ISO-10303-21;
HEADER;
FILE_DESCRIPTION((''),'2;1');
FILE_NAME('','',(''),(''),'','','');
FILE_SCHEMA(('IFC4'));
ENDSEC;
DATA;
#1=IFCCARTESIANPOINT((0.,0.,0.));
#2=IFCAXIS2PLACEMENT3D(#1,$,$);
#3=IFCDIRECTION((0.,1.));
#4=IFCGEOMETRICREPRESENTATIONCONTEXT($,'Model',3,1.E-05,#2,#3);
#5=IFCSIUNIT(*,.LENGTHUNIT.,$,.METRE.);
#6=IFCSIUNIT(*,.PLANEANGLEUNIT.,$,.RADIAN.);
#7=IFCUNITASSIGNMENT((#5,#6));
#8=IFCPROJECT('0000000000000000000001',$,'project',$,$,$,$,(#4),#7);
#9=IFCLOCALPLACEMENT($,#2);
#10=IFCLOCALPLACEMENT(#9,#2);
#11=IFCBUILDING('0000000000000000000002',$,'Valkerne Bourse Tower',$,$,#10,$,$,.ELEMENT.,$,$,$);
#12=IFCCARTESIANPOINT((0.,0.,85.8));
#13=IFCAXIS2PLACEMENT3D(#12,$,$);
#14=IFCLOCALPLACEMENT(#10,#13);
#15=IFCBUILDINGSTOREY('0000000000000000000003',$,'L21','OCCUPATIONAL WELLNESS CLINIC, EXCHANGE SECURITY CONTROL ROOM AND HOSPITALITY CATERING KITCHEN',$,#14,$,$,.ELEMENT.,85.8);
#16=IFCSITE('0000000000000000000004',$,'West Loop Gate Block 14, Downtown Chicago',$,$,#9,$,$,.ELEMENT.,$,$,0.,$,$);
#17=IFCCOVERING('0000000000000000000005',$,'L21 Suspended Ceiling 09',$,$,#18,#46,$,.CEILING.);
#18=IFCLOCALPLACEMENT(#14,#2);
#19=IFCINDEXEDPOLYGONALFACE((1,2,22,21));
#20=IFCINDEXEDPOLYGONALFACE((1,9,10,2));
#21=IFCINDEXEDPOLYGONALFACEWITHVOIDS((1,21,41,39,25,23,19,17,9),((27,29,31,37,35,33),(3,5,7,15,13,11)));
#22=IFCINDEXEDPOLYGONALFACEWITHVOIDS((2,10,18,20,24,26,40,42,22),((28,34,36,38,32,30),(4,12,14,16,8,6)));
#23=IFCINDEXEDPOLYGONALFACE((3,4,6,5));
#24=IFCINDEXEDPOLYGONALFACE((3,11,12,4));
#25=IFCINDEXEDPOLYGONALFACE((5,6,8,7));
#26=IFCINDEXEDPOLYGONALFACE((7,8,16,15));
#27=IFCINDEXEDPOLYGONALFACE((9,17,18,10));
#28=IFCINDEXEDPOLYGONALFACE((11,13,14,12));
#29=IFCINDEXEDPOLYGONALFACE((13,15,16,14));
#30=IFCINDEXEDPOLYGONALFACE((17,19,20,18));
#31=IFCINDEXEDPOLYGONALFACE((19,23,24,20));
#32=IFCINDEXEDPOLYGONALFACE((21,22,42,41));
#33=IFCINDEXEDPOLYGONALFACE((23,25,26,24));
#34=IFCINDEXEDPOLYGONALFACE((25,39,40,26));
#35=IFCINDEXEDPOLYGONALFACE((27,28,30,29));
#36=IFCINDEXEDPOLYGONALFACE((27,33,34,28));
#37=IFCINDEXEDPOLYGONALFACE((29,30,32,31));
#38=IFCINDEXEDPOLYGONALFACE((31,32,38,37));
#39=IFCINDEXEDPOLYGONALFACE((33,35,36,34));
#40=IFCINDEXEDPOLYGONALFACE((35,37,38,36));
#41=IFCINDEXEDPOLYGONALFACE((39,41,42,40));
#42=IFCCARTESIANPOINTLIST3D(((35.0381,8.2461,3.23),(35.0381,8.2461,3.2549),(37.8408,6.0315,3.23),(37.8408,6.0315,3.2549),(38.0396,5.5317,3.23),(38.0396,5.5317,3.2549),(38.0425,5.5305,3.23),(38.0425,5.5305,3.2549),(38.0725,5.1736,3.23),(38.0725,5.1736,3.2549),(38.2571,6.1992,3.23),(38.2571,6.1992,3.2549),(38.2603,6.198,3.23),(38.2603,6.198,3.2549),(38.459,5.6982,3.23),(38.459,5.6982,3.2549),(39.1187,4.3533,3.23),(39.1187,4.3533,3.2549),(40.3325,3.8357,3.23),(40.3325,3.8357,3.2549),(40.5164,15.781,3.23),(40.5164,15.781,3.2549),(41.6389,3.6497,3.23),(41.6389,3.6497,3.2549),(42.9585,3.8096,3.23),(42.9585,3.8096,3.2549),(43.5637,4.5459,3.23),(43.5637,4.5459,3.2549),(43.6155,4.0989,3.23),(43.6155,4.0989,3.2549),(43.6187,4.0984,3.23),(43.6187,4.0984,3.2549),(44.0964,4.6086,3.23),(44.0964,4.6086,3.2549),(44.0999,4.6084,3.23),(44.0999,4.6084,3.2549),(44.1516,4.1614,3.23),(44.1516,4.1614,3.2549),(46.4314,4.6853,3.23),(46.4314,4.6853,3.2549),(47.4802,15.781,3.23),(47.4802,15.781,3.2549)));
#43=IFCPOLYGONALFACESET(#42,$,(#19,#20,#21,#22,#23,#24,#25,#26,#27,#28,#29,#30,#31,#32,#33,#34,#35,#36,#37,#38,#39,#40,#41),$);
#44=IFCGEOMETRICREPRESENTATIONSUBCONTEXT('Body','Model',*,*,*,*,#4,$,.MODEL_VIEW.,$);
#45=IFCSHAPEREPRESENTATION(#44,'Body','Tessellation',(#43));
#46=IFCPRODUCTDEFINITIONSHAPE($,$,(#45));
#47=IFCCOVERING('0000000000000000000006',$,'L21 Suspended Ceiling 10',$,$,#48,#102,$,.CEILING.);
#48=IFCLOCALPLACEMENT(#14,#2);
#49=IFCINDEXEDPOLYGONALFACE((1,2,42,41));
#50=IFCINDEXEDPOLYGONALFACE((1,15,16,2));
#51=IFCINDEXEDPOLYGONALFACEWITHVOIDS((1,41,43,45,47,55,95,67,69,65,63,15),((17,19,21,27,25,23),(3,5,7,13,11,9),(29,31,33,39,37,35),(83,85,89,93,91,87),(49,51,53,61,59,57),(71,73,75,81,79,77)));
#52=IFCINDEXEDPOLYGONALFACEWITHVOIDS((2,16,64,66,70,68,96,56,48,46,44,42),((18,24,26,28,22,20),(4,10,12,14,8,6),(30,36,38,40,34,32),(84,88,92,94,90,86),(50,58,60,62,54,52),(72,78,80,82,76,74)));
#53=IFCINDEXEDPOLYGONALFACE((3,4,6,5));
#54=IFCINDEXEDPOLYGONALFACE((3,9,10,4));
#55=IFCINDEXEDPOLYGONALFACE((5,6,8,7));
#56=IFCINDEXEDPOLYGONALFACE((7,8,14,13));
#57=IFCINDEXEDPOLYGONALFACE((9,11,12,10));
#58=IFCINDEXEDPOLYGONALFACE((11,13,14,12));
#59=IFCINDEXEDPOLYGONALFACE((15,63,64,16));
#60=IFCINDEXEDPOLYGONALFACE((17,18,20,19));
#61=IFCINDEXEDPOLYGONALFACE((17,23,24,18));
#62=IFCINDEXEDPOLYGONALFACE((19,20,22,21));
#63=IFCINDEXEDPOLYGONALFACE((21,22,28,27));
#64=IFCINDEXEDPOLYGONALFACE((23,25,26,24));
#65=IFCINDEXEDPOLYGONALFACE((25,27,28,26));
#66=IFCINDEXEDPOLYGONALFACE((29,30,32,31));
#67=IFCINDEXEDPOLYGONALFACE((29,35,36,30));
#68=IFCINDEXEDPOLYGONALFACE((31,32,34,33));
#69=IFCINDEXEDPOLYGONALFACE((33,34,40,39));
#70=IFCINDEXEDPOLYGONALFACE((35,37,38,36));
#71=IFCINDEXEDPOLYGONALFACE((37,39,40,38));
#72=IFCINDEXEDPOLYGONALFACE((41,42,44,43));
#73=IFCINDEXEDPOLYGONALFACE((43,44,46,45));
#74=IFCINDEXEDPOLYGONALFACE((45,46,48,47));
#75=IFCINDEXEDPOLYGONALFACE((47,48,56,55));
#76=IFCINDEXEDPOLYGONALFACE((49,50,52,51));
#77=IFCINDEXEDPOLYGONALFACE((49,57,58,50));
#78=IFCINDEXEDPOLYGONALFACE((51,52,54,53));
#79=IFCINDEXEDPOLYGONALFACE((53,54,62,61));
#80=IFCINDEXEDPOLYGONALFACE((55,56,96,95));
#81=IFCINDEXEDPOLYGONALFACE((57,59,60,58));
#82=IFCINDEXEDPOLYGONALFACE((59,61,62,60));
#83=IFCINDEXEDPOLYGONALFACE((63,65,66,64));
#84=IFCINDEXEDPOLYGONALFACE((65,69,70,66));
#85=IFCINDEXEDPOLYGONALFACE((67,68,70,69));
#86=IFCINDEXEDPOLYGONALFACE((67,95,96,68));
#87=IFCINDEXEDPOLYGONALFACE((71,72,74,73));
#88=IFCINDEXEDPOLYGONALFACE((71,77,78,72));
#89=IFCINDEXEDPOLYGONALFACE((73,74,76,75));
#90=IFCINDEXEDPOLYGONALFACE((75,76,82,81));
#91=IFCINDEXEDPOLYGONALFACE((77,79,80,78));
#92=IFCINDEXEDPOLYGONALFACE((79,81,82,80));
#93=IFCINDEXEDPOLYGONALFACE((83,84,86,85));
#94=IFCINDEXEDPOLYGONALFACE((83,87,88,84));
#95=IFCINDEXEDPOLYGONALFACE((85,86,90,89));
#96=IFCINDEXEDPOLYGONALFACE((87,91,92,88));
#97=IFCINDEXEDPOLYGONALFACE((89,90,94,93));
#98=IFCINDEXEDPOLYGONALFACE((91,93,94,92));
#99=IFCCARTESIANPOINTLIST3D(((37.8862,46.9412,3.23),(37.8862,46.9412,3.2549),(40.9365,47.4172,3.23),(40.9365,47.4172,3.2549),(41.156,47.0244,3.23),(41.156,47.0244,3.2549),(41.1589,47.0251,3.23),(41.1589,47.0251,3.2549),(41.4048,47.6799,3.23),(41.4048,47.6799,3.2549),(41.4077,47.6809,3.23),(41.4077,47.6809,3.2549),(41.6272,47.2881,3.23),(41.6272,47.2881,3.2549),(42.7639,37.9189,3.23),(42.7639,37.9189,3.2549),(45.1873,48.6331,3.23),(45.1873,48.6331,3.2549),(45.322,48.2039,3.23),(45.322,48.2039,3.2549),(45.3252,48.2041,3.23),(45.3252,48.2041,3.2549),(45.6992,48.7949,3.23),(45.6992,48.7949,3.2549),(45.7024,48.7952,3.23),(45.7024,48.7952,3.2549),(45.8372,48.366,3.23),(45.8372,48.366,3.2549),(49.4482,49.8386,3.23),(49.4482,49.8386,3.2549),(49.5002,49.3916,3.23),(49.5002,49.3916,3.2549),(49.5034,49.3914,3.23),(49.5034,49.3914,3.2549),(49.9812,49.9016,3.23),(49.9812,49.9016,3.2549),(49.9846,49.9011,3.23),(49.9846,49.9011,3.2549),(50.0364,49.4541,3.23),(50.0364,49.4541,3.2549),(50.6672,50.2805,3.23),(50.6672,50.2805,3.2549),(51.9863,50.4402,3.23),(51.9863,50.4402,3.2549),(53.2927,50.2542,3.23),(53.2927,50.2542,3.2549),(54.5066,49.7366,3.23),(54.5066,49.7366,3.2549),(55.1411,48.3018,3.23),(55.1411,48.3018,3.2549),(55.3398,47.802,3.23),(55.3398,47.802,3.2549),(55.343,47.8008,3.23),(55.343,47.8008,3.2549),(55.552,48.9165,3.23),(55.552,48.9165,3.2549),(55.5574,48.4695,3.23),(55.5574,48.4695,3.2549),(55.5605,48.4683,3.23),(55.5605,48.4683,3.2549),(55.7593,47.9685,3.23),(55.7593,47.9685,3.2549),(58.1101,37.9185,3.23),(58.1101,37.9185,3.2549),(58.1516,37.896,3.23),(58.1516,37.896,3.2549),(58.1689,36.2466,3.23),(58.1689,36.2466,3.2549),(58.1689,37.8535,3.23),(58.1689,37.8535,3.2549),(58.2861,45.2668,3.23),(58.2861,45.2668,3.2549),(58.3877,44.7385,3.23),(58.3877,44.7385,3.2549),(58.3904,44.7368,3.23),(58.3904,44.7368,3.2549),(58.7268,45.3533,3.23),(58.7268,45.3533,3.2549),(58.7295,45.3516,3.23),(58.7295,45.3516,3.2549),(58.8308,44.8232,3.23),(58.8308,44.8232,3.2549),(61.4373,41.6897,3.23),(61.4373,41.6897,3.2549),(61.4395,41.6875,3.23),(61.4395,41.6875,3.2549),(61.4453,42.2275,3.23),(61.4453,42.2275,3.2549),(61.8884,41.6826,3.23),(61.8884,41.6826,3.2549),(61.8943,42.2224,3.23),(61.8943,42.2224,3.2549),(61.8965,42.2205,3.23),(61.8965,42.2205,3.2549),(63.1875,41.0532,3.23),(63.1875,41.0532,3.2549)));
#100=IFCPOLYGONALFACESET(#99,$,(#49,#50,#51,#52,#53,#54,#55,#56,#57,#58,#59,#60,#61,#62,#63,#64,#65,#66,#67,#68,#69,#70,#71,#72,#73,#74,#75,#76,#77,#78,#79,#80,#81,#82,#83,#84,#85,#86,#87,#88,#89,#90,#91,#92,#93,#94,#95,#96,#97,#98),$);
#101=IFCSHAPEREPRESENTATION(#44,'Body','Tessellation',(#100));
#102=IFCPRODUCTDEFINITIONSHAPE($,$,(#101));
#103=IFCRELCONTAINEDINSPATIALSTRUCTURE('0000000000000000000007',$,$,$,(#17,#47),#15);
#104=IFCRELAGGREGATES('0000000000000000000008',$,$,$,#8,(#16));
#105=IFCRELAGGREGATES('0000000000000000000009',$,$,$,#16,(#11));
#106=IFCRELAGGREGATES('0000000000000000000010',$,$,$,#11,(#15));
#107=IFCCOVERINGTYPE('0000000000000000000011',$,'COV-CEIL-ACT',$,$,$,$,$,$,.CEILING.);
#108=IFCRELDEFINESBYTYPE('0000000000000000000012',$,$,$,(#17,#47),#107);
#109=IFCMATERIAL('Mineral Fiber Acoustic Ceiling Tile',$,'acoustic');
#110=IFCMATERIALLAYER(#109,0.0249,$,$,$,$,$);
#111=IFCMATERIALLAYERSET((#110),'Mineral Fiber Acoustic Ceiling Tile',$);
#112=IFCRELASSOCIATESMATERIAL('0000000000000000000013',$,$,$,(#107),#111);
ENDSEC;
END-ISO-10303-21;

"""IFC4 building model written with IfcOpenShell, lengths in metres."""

from ifc_helpers import new_model, si_unit, direction, frame, origin, place, context, subcontext, project, spatial, polyline, outline, extrude, material, layer, layer_set, type_object, element, save


model = new_model("IFC4")

# Units and contexts
model_context = context("Model", 3, precision=1e-05, world=origin(), true_north=direction((0.0, 1.0)))
body_context = subcontext(model_context, "Body", "Model", "MODEL_VIEW")
ifc_project = project(units=[si_unit("LENGTHUNIT", "METRE"), si_unit("PLANEANGLEUNIT", "RADIAN")], contexts=[model_context])

# Site, building, storey
site_placement = place(None, origin())
site = spatial("IfcSite", under=ifc_project, at=site_placement, Name="West Loop Gate Block 14, Downtown Chicago", CompositionType="ELEMENT", RefElevation=0.0)
building_placement = place(site_placement, origin())
building = spatial("IfcBuilding", under=site, at=building_placement, Name="Valkerne Bourse Tower", CompositionType="ELEMENT")
storey_placement = place(building_placement, frame((0.0, 0.0, 85.8)))
storey = spatial("IfcBuildingStorey", under=building, at=storey_placement, Name="L21", Description="OCCUPATIONAL WELLNESS CLINIC, EXCHANGE SECURITY CONTROL ROOM AND HOSPITALITY CATERING KITCHEN", CompositionType="ELEMENT", Elevation=85.8)

# Coverings
ifc_material_1 = material(Name="Mineral Fiber Acoustic Ceiling Tile", Category="acoustic")
ifc_layer_1 = layer(ifc_material_1, 0.0249)
ifc_layer_set_1 = layer_set([ifc_layer_1], Name="Mineral Fiber Acoustic Ceiling Tile")
covering_type_1 = type_object("IfcCoveringType", Name="COV-CEIL-ACT", PredefinedType="CEILING", material=ifc_layer_set_1)
covering_1_placement = place(storey_placement, frame((0.0, 0.0, 3.23)))
element("IfcCovering", 1, at=covering_1_placement, inside=storey, type_object=covering_type_1, Name="L21 Suspended Ceiling 09", PredefinedType="CEILING", context=body_context, shape_type="SweptSolid", body=[
    extrude(outline(polyline([(40.3325, 3.8357), (39.1187, 4.3533), (38.0725, 5.1736), (35.0381, 8.2461), (40.5164, 15.781), (47.4802, 15.781), (46.4314, 4.6853), (42.9585, 3.8096), (41.6389, 3.6497), (40.3325, 3.8357)]), holes=[polyline([(44.1516, 4.1614), (44.0999, 4.6084), (44.0964, 4.6086), (43.5637, 4.5459), (43.6155, 4.0989), (43.6187, 4.0984), (44.1516, 4.1614)]), polyline([(38.2603, 6.198), (38.2571, 6.1992), (37.8408, 6.0315), (38.0396, 5.5317), (38.0425, 5.5305), (38.459, 5.6982), (38.2603, 6.198)])]), origin(), (0.0, 0.0, 1.0), 0.0249),
])
covering_2_placement = place(storey_placement, frame((0.0, 0.0, 3.23)))
element("IfcCovering", 2, at=covering_2_placement, inside=storey, type_object=covering_type_1, Name="L21 Suspended Ceiling 10", PredefinedType="CEILING", context=body_context, shape_type="SweptSolid", body=[
    extrude(outline(polyline([(53.2927, 50.2542), (54.5066, 49.7366), (55.552, 48.9165), (63.1875, 41.0532), (58.1689, 36.2466), (58.1689, 37.8535), (58.1516, 37.896), (58.1101, 37.9185), (42.7639, 37.9189), (37.8862, 46.9412), (50.6672, 50.2805), (51.9863, 50.4402), (53.2927, 50.2542)]), holes=[polyline([(41.6272, 47.2881), (41.4077, 47.6809), (41.4048, 47.6799), (40.9365, 47.4172), (41.156, 47.0244), (41.1589, 47.0251), (41.6272, 47.2881)]), polyline([(45.8372, 48.366), (45.7024, 48.7952), (45.6992, 48.7949), (45.1873, 48.6331), (45.322, 48.2039), (45.3252, 48.2041), (45.8372, 48.366)]), polyline([(49.9846, 49.9011), (49.9812, 49.9016), (49.4482, 49.8386), (49.5002, 49.3916), (49.5034, 49.3914), (50.0364, 49.4541), (49.9846, 49.9011)]), polyline([(61.8965, 42.2205), (61.8943, 42.2224), (61.4453, 42.2275), (61.4373, 41.6897), (61.4395, 41.6875), (61.8884, 41.6826), (61.8965, 42.2205)]), polyline([(58.7295, 45.3516), (58.7268, 45.3533), (58.2861, 45.2668), (58.3877, 44.7385), (58.3904, 44.7368), (58.8308, 44.8232), (58.7295, 45.3516)]), polyline([(55.7593, 47.9685), (55.5605, 48.4683), (55.5574, 48.4695), (55.1411, 48.3018), (55.3398, 47.802), (55.343, 47.8008), (55.7593, 47.9685)])]), origin(), (0.0, 0.0, 1.0), 0.0249),
])

save(model, "model.ifc")
